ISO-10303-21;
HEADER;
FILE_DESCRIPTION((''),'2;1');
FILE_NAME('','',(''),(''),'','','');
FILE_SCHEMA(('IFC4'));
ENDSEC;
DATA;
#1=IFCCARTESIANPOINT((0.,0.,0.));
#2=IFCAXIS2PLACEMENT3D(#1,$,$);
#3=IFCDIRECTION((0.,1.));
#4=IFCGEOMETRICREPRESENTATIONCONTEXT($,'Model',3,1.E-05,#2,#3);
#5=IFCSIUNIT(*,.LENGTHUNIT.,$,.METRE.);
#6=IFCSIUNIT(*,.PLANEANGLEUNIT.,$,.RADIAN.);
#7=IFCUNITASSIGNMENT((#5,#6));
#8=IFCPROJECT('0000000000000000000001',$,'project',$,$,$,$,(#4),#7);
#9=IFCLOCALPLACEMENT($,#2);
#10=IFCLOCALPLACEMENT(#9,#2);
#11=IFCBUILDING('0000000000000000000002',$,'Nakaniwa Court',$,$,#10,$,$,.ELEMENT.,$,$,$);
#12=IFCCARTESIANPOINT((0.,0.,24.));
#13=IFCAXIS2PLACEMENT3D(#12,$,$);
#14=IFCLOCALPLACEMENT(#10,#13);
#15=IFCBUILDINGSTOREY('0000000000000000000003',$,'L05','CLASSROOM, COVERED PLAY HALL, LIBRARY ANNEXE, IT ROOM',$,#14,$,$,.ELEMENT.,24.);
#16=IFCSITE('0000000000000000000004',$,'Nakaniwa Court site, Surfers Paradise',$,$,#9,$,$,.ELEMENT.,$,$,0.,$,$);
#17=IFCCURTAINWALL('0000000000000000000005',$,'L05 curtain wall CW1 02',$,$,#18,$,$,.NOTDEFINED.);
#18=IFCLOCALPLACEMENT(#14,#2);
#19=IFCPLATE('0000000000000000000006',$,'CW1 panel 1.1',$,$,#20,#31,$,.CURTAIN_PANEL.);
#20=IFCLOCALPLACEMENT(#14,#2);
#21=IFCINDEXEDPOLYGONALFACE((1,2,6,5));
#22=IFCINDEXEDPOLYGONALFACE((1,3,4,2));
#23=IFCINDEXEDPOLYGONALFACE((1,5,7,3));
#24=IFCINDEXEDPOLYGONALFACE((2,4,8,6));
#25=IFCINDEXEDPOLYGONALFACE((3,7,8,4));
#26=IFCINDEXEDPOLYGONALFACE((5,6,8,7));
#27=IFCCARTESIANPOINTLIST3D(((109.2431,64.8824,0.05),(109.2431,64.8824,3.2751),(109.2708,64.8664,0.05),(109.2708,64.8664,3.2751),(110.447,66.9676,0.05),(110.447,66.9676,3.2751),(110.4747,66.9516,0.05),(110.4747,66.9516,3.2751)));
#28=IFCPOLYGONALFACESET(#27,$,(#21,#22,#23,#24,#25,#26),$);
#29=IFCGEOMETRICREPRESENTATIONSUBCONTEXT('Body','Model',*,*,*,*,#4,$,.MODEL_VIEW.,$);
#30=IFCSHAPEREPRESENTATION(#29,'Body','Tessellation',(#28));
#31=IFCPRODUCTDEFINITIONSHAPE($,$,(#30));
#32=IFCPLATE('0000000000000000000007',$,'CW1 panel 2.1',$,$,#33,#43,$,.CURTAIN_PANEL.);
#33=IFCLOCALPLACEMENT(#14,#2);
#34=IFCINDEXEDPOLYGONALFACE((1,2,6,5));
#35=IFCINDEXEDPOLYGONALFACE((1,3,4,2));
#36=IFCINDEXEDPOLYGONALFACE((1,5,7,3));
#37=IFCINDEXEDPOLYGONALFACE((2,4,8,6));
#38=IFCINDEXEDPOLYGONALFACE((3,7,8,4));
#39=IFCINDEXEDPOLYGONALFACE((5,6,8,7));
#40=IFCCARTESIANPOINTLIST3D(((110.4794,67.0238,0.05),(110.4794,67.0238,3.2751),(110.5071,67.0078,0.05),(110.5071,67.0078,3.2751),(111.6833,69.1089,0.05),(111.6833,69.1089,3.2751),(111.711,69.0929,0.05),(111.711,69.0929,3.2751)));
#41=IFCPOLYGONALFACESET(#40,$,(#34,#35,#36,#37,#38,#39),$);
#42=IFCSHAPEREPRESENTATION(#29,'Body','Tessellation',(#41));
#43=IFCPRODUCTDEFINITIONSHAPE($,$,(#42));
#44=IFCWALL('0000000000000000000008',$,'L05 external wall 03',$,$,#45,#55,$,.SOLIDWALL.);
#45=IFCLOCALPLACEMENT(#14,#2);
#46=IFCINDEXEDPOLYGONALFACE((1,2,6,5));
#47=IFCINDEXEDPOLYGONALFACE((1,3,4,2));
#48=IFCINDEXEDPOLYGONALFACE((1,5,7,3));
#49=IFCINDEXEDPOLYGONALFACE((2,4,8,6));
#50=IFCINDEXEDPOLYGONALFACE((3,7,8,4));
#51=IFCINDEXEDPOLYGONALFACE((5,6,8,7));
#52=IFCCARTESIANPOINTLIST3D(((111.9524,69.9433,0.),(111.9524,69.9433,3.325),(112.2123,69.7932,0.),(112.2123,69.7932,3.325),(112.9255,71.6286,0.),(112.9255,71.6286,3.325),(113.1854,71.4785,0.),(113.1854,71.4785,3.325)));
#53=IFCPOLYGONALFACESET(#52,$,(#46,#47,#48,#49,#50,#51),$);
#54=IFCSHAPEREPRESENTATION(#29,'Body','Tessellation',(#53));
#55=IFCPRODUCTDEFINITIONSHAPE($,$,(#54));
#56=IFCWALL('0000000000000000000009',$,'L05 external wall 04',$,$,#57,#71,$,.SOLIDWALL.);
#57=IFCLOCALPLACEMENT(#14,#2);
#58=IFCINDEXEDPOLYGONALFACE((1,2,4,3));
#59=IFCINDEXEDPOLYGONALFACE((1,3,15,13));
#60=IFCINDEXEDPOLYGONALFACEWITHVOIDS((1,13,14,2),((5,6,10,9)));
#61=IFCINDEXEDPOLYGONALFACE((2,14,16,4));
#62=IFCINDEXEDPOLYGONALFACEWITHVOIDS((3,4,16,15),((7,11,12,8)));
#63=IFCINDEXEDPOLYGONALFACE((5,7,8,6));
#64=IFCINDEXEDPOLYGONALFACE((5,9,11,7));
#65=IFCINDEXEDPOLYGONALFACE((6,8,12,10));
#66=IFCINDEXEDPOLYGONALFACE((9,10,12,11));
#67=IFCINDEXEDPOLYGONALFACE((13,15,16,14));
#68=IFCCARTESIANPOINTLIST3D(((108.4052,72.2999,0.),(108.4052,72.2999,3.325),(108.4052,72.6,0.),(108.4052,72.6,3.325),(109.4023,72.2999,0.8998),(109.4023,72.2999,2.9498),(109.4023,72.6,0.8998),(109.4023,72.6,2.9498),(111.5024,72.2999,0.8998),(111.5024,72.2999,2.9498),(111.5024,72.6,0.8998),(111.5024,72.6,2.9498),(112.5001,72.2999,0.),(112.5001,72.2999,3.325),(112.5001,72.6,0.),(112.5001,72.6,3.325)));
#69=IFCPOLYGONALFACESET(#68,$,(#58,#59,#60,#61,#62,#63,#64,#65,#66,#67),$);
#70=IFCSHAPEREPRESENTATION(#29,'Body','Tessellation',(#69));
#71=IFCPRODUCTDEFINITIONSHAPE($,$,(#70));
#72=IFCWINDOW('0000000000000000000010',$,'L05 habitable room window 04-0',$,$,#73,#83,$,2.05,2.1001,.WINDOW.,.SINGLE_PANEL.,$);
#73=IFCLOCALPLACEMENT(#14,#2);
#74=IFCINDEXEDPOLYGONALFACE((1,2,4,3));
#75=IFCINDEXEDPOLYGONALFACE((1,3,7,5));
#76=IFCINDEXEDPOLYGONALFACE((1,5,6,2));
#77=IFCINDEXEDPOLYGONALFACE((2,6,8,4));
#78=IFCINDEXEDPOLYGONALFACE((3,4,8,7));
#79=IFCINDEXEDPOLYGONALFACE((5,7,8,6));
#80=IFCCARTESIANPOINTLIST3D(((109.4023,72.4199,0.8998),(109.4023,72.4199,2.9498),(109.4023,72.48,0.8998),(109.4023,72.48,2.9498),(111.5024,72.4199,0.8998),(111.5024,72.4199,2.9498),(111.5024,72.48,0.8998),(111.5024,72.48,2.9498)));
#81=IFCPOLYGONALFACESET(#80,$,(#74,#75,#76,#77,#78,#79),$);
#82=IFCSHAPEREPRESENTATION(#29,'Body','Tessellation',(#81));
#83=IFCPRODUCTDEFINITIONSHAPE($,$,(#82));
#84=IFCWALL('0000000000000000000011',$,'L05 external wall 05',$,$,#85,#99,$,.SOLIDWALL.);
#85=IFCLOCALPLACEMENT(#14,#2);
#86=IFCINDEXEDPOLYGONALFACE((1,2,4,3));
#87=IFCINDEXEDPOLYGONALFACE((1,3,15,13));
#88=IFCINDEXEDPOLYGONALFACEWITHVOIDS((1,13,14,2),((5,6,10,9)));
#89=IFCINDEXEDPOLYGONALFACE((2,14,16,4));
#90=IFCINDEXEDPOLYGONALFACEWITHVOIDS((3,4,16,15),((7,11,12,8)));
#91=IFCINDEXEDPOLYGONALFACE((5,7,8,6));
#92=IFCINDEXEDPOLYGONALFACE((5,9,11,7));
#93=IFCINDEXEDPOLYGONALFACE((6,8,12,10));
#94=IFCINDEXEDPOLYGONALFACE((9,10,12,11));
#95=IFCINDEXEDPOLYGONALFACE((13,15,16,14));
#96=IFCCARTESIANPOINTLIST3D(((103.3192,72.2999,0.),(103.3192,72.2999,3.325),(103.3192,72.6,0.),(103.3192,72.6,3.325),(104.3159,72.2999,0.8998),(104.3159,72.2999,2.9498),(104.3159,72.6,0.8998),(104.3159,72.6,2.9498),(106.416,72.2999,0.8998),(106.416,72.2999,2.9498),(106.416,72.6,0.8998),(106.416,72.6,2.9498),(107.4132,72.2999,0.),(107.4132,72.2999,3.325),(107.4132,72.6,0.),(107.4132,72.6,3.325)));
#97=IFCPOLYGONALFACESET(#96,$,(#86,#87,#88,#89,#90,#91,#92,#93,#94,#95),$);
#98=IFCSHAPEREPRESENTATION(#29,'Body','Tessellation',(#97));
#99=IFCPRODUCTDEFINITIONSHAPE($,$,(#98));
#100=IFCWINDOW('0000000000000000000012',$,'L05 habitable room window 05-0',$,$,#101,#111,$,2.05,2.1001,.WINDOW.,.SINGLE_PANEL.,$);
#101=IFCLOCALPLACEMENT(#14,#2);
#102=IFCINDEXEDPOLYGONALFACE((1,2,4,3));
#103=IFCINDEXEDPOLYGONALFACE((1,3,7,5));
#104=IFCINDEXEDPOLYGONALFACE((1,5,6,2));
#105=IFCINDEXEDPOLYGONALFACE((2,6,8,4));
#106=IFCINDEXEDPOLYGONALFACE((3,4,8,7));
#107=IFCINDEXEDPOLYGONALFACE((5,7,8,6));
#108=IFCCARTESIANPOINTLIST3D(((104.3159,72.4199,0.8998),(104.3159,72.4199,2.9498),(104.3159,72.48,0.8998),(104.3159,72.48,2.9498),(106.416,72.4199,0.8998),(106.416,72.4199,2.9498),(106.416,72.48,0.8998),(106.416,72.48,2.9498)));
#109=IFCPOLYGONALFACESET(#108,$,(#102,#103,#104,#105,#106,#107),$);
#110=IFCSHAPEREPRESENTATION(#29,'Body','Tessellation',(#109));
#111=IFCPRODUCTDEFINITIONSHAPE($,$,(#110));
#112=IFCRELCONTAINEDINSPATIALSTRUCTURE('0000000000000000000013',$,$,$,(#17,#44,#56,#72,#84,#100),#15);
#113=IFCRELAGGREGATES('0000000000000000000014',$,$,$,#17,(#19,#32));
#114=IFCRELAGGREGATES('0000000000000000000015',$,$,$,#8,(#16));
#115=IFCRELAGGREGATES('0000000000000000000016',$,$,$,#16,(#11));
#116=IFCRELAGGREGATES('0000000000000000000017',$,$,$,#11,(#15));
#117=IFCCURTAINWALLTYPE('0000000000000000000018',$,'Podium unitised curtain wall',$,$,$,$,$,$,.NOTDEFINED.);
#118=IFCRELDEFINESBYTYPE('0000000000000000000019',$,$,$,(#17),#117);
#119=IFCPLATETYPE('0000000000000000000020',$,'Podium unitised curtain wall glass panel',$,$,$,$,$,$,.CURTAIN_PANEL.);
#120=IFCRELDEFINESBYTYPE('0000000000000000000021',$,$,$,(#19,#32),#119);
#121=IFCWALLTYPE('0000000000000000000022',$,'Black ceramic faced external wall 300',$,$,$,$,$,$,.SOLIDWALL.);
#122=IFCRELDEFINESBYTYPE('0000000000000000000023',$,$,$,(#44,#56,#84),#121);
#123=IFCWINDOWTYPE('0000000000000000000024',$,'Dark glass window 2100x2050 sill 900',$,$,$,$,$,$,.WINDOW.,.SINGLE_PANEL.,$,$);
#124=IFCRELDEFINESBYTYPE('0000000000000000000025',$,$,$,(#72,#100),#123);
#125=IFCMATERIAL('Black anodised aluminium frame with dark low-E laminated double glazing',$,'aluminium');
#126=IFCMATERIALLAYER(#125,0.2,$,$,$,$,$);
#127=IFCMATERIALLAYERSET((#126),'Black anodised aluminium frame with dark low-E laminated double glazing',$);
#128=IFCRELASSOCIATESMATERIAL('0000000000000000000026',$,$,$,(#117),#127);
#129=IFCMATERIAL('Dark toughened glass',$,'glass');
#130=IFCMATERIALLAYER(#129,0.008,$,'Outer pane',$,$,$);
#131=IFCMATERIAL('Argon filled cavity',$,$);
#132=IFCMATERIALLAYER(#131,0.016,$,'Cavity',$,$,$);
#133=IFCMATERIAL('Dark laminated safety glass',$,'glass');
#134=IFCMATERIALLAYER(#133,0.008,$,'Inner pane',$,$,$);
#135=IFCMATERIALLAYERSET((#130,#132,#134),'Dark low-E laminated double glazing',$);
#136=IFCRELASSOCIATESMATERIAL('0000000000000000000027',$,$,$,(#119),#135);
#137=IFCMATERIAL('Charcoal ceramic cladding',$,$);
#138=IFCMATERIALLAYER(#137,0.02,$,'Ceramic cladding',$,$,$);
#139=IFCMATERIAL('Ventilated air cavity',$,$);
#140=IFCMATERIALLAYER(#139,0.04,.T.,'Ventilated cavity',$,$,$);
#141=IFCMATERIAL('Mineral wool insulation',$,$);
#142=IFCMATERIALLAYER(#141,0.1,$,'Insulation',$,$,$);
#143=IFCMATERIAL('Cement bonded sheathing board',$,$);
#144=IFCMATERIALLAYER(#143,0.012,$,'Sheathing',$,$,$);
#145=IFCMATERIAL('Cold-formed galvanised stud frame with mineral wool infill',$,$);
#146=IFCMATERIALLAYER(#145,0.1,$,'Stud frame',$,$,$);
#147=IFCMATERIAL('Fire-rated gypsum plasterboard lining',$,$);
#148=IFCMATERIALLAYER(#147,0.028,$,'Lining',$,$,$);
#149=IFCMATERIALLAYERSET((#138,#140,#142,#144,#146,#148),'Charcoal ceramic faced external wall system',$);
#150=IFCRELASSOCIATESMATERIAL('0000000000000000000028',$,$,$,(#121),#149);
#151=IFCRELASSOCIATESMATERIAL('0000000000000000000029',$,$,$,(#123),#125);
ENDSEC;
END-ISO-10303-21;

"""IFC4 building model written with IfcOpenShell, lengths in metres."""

from ifc_helpers import new_model, si_unit, direction, frame, frame_2d, origin, origin_2d, place, context, subcontext, project, spatial, rectangle, extrude, material, layer, layer_set, type_object, element, fill, aggregate, save


model = new_model("IFC4")

# Units and contexts
model_context = context("Model", 3, precision=1e-05, world=origin(), true_north=direction((0.0, 1.0)))
body_context = subcontext(model_context, "Body", "Model", "MODEL_VIEW")
ifc_project = project(units=[si_unit("LENGTHUNIT", "METRE"), si_unit("PLANEANGLEUNIT", "RADIAN")], contexts=[model_context])

# Site, building, storey
site_placement = place(None, origin())
site = spatial("IfcSite", under=ifc_project, at=site_placement, Name="Nakaniwa Court site, Surfers Paradise", CompositionType="ELEMENT", RefElevation=0.0)
building_placement = place(site_placement, origin())
building = spatial("IfcBuilding", under=site, at=building_placement, Name="Nakaniwa Court", CompositionType="ELEMENT")
storey_placement = place(building_placement, frame((0.0, 0.0, 24.0)))
storey = spatial("IfcBuildingStorey", under=building, at=storey_placement, Name="L05", Description="CLASSROOM, COVERED PLAY HALL, LIBRARY ANNEXE, IT ROOM", CompositionType="ELEMENT", Elevation=24.0)

# Shared definitions
ifc_material_1 = material(Name="Black anodised aluminium frame with dark low-E laminated double glazing", Category="aluminium")
ifc_layer_1 = layer(ifc_material_1, 0.2)
ifc_layer_set_1 = layer_set([ifc_layer_1], Name="Black anodised aluminium frame with dark low-E laminated double glazing")
curtain_wall_type = type_object("IfcCurtainWallType", Name="Podium unitised curtain wall", PredefinedType="NOTDEFINED", material=ifc_layer_set_1)

# Curtain wall, plates
curtain_wall_1_placement = place(storey_placement, origin())
curtain_wall_1 = element("IfcCurtainWall", 1, at=curtain_wall_1_placement, inside=storey, type_object=curtain_wall_type, Name="L05 curtain wall CW1 02", PredefinedType="NOTDEFINED")
ifc_material_2 = material(Name="Dark toughened glass", Category="glass")
ifc_layer_2 = layer(ifc_material_2, 0.008, Name="Outer pane")
ifc_material_3 = material(Name="Argon filled cavity")
ifc_layer_3 = layer(ifc_material_3, 0.016, Name="Cavity")
ifc_material_4 = material(Name="Dark laminated safety glass", Category="glass")
ifc_layer_4 = layer(ifc_material_4, 0.008, Name="Inner pane")
ifc_layer_set_2 = layer_set([ifc_layer_2, ifc_layer_3, ifc_layer_4], Name="Dark low-E laminated double glazing")
plate_type = type_object("IfcPlateType", Name="Podium unitised curtain wall glass panel", PredefinedType="CURTAIN_PANEL", material=ifc_layer_set_2)
plate_1_placement = place(storey_placement, frame((109.8589, 65.917, 0.05), z_axis=(0.0, 0.0, 1.0), x_axis=(0.500003, 0.866024, 0.0)))
plate_1 = element("IfcPlate", 2, at=plate_1_placement, type_object=plate_type, Name="CW1 panel 1.1", PredefinedType="CURTAIN_PANEL", context=body_context, shape_type="SweptSolid", body=[
    extrude(rectangle(XDim=2.4077, YDim=0.032, at=origin_2d()), origin(), (0.0, 0.0, 1.0), 3.2251),
])
plate_2_placement = place(storey_placement, frame((111.0952, 68.0583, 0.05), z_axis=(0.0, 0.0, 1.0), x_axis=(0.500003, 0.866024, 0.0)))
plate_2 = element("IfcPlate", 3, at=plate_2_placement, type_object=plate_type, Name="CW1 panel 2.1", PredefinedType="CURTAIN_PANEL", context=body_context, shape_type="SweptSolid", body=[
    extrude(rectangle(XDim=2.4077, YDim=0.032, at=origin_2d()), origin(), (0.0, 0.0, 1.0), 3.2251),
])
aggregate(curtain_wall_1, [plate_1, plate_2])

# Wall
ifc_material_5 = material(Name="Charcoal ceramic cladding")
ifc_layer_5 = layer(ifc_material_5, 0.02, Name="Ceramic cladding")
ifc_material_6 = material(Name="Ventilated air cavity")
ifc_layer_6 = layer(ifc_material_6, 0.04, ventilated=True, Name="Ventilated cavity")
ifc_material_7 = material(Name="Mineral wool insulation")
ifc_layer_7 = layer(ifc_material_7, 0.1, Name="Insulation")
ifc_material_8 = material(Name="Cement bonded sheathing board")
ifc_layer_8 = layer(ifc_material_8, 0.012, Name="Sheathing")
ifc_material_9 = material(Name="Cold-formed galvanised stud frame with mineral wool infill")
ifc_layer_9 = layer(ifc_material_9, 0.1, Name="Stud frame")
ifc_material_10 = material(Name="Fire-rated gypsum plasterboard lining")
ifc_layer_10 = layer(ifc_material_10, 0.028, Name="Lining")
ifc_layer_set_3 = layer_set([ifc_layer_5, ifc_layer_6, ifc_layer_7, ifc_layer_8, ifc_layer_9, ifc_layer_10], Name="Charcoal ceramic faced external wall system")
wall_type = type_object("IfcWallType", Name="Black ceramic faced external wall 300", PredefinedType="SOLIDWALL", material=ifc_layer_set_3)
wall_1_placement = place(storey_placement, frame((112.0823, 69.8682, 0.0), z_axis=(0.0, 0.0, 1.0), x_axis=(0.500052, 0.865995, 0.0)))
element("IfcWall", 4, at=wall_1_placement, inside=storey, type_object=wall_type, Name="L05 external wall 03", PredefinedType="SOLIDWALL", context=body_context, shape_type="SweptSolid", body=[
    extrude(rectangle(XDim=1.946, YDim=0.3, at=frame_2d((0.9731, 0.0))), origin(), (0.0, 0.0, 1.0), 3.325),
])

# Walls, openings, windows
wall_2_placement = place(storey_placement, frame((112.5, 72.45, 0.0), z_axis=(0.0, 0.0, 1.0), x_axis=(-1.0, 0.0, 0.0)))
wall_2 = element("IfcWall", 5, at=wall_2_placement, inside=storey, type_object=wall_type, Name="L05 external wall 04", PredefinedType="SOLIDWALL", context=body_context, shape_type="SweptSolid", body=[
    extrude(rectangle(XDim=4.095, YDim=0.3, at=frame_2d((2.0474, 0.0))), origin(), (0.0, 0.0, 1.0), 3.325),
])
opening_1_placement = place(wall_2_placement, frame((0.9976, 0.0, 0.8999)))
opening_1 = element("IfcOpeningElement", 6, at=opening_1_placement, cuts=wall_2, PredefinedType="OPENING", context=body_context, shape_type="SweptSolid", body=[
    extrude(rectangle(XDim=2.1001, YDim=2.05, at=frame_2d((1.05, 1.0249))), frame((0.0, 0.1599, 0.0), z_axis=(0.0, -1.0, 0.0), x_axis=(1.0, 0.0, 0.0)), (0.0, 0.0, 1.0), 0.3201),
])
window_type = type_object("IfcWindowType", Name="Dark glass window 2100x2050 sill 900", PartitioningType="SINGLE_PANEL", PredefinedType="WINDOW", material=ifc_material_1)
window_1_placement = place(opening_1_placement, origin())
window_1 = element("IfcWindow", 7, at=window_1_placement, inside=storey, type_object=window_type, Name="L05 habitable room window 04-0", OverallHeight=2.05, OverallWidth=2.1001, PartitioningType="SINGLE_PANEL", PredefinedType="WINDOW", context=body_context, shape_type="SweptSolid", body=[
    extrude(rectangle(XDim=2.1001, YDim=2.05, at=frame_2d((1.05, 1.0249))), frame((0.0, 0.03, 0.0), z_axis=(0.0, -1.0, 0.0), x_axis=(1.0, 0.0, 0.0)), (0.0, 0.0, 1.0), 0.0601),
])
fill(opening_1, window_1)
wall_3_placement = place(storey_placement, frame((107.4131, 72.45, 0.0), z_axis=(0.0, 0.0, 1.0), x_axis=(-1.0, 0.0, 0.0)))
wall_3 = element("IfcWall", 8, at=wall_3_placement, inside=storey, type_object=wall_type, Name="L05 external wall 05", PredefinedType="SOLIDWALL", context=body_context, shape_type="SweptSolid", body=[
    extrude(rectangle(XDim=4.094, YDim=0.3, at=frame_2d((2.0469, 0.0))), origin(), (0.0, 0.0, 1.0), 3.325),
])
opening_2_placement = place(wall_3_placement, frame((0.9971, 0.0, 0.8999)))
opening_2 = element("IfcOpeningElement", 9, at=opening_2_placement, cuts=wall_3, PredefinedType="OPENING", context=body_context, shape_type="SweptSolid", body=[
    extrude(rectangle(XDim=2.1001, YDim=2.05, at=frame_2d((1.05, 1.0249))), frame((0.0, 0.1599, 0.0), z_axis=(0.0, -1.0, 0.0), x_axis=(1.0, 0.0, 0.0)), (0.0, 0.0, 1.0), 0.3201),
])
window_2_placement = place(opening_2_placement, origin())
window_2 = element("IfcWindow", 10, at=window_2_placement, inside=storey, type_object=window_type, Name="L05 habitable room window 05-0", OverallHeight=2.05, OverallWidth=2.1001, PartitioningType="SINGLE_PANEL", PredefinedType="WINDOW", context=body_context, shape_type="SweptSolid", body=[
    extrude(rectangle(XDim=2.1001, YDim=2.05, at=frame_2d((1.05, 1.0249))), frame((0.0, 0.03, 0.0), z_axis=(0.0, -1.0, 0.0), x_axis=(1.0, 0.0, 0.0)), (0.0, 0.0, 1.0), 0.0601),
])
fill(opening_2, window_2)

save(model, "model.ifc")
